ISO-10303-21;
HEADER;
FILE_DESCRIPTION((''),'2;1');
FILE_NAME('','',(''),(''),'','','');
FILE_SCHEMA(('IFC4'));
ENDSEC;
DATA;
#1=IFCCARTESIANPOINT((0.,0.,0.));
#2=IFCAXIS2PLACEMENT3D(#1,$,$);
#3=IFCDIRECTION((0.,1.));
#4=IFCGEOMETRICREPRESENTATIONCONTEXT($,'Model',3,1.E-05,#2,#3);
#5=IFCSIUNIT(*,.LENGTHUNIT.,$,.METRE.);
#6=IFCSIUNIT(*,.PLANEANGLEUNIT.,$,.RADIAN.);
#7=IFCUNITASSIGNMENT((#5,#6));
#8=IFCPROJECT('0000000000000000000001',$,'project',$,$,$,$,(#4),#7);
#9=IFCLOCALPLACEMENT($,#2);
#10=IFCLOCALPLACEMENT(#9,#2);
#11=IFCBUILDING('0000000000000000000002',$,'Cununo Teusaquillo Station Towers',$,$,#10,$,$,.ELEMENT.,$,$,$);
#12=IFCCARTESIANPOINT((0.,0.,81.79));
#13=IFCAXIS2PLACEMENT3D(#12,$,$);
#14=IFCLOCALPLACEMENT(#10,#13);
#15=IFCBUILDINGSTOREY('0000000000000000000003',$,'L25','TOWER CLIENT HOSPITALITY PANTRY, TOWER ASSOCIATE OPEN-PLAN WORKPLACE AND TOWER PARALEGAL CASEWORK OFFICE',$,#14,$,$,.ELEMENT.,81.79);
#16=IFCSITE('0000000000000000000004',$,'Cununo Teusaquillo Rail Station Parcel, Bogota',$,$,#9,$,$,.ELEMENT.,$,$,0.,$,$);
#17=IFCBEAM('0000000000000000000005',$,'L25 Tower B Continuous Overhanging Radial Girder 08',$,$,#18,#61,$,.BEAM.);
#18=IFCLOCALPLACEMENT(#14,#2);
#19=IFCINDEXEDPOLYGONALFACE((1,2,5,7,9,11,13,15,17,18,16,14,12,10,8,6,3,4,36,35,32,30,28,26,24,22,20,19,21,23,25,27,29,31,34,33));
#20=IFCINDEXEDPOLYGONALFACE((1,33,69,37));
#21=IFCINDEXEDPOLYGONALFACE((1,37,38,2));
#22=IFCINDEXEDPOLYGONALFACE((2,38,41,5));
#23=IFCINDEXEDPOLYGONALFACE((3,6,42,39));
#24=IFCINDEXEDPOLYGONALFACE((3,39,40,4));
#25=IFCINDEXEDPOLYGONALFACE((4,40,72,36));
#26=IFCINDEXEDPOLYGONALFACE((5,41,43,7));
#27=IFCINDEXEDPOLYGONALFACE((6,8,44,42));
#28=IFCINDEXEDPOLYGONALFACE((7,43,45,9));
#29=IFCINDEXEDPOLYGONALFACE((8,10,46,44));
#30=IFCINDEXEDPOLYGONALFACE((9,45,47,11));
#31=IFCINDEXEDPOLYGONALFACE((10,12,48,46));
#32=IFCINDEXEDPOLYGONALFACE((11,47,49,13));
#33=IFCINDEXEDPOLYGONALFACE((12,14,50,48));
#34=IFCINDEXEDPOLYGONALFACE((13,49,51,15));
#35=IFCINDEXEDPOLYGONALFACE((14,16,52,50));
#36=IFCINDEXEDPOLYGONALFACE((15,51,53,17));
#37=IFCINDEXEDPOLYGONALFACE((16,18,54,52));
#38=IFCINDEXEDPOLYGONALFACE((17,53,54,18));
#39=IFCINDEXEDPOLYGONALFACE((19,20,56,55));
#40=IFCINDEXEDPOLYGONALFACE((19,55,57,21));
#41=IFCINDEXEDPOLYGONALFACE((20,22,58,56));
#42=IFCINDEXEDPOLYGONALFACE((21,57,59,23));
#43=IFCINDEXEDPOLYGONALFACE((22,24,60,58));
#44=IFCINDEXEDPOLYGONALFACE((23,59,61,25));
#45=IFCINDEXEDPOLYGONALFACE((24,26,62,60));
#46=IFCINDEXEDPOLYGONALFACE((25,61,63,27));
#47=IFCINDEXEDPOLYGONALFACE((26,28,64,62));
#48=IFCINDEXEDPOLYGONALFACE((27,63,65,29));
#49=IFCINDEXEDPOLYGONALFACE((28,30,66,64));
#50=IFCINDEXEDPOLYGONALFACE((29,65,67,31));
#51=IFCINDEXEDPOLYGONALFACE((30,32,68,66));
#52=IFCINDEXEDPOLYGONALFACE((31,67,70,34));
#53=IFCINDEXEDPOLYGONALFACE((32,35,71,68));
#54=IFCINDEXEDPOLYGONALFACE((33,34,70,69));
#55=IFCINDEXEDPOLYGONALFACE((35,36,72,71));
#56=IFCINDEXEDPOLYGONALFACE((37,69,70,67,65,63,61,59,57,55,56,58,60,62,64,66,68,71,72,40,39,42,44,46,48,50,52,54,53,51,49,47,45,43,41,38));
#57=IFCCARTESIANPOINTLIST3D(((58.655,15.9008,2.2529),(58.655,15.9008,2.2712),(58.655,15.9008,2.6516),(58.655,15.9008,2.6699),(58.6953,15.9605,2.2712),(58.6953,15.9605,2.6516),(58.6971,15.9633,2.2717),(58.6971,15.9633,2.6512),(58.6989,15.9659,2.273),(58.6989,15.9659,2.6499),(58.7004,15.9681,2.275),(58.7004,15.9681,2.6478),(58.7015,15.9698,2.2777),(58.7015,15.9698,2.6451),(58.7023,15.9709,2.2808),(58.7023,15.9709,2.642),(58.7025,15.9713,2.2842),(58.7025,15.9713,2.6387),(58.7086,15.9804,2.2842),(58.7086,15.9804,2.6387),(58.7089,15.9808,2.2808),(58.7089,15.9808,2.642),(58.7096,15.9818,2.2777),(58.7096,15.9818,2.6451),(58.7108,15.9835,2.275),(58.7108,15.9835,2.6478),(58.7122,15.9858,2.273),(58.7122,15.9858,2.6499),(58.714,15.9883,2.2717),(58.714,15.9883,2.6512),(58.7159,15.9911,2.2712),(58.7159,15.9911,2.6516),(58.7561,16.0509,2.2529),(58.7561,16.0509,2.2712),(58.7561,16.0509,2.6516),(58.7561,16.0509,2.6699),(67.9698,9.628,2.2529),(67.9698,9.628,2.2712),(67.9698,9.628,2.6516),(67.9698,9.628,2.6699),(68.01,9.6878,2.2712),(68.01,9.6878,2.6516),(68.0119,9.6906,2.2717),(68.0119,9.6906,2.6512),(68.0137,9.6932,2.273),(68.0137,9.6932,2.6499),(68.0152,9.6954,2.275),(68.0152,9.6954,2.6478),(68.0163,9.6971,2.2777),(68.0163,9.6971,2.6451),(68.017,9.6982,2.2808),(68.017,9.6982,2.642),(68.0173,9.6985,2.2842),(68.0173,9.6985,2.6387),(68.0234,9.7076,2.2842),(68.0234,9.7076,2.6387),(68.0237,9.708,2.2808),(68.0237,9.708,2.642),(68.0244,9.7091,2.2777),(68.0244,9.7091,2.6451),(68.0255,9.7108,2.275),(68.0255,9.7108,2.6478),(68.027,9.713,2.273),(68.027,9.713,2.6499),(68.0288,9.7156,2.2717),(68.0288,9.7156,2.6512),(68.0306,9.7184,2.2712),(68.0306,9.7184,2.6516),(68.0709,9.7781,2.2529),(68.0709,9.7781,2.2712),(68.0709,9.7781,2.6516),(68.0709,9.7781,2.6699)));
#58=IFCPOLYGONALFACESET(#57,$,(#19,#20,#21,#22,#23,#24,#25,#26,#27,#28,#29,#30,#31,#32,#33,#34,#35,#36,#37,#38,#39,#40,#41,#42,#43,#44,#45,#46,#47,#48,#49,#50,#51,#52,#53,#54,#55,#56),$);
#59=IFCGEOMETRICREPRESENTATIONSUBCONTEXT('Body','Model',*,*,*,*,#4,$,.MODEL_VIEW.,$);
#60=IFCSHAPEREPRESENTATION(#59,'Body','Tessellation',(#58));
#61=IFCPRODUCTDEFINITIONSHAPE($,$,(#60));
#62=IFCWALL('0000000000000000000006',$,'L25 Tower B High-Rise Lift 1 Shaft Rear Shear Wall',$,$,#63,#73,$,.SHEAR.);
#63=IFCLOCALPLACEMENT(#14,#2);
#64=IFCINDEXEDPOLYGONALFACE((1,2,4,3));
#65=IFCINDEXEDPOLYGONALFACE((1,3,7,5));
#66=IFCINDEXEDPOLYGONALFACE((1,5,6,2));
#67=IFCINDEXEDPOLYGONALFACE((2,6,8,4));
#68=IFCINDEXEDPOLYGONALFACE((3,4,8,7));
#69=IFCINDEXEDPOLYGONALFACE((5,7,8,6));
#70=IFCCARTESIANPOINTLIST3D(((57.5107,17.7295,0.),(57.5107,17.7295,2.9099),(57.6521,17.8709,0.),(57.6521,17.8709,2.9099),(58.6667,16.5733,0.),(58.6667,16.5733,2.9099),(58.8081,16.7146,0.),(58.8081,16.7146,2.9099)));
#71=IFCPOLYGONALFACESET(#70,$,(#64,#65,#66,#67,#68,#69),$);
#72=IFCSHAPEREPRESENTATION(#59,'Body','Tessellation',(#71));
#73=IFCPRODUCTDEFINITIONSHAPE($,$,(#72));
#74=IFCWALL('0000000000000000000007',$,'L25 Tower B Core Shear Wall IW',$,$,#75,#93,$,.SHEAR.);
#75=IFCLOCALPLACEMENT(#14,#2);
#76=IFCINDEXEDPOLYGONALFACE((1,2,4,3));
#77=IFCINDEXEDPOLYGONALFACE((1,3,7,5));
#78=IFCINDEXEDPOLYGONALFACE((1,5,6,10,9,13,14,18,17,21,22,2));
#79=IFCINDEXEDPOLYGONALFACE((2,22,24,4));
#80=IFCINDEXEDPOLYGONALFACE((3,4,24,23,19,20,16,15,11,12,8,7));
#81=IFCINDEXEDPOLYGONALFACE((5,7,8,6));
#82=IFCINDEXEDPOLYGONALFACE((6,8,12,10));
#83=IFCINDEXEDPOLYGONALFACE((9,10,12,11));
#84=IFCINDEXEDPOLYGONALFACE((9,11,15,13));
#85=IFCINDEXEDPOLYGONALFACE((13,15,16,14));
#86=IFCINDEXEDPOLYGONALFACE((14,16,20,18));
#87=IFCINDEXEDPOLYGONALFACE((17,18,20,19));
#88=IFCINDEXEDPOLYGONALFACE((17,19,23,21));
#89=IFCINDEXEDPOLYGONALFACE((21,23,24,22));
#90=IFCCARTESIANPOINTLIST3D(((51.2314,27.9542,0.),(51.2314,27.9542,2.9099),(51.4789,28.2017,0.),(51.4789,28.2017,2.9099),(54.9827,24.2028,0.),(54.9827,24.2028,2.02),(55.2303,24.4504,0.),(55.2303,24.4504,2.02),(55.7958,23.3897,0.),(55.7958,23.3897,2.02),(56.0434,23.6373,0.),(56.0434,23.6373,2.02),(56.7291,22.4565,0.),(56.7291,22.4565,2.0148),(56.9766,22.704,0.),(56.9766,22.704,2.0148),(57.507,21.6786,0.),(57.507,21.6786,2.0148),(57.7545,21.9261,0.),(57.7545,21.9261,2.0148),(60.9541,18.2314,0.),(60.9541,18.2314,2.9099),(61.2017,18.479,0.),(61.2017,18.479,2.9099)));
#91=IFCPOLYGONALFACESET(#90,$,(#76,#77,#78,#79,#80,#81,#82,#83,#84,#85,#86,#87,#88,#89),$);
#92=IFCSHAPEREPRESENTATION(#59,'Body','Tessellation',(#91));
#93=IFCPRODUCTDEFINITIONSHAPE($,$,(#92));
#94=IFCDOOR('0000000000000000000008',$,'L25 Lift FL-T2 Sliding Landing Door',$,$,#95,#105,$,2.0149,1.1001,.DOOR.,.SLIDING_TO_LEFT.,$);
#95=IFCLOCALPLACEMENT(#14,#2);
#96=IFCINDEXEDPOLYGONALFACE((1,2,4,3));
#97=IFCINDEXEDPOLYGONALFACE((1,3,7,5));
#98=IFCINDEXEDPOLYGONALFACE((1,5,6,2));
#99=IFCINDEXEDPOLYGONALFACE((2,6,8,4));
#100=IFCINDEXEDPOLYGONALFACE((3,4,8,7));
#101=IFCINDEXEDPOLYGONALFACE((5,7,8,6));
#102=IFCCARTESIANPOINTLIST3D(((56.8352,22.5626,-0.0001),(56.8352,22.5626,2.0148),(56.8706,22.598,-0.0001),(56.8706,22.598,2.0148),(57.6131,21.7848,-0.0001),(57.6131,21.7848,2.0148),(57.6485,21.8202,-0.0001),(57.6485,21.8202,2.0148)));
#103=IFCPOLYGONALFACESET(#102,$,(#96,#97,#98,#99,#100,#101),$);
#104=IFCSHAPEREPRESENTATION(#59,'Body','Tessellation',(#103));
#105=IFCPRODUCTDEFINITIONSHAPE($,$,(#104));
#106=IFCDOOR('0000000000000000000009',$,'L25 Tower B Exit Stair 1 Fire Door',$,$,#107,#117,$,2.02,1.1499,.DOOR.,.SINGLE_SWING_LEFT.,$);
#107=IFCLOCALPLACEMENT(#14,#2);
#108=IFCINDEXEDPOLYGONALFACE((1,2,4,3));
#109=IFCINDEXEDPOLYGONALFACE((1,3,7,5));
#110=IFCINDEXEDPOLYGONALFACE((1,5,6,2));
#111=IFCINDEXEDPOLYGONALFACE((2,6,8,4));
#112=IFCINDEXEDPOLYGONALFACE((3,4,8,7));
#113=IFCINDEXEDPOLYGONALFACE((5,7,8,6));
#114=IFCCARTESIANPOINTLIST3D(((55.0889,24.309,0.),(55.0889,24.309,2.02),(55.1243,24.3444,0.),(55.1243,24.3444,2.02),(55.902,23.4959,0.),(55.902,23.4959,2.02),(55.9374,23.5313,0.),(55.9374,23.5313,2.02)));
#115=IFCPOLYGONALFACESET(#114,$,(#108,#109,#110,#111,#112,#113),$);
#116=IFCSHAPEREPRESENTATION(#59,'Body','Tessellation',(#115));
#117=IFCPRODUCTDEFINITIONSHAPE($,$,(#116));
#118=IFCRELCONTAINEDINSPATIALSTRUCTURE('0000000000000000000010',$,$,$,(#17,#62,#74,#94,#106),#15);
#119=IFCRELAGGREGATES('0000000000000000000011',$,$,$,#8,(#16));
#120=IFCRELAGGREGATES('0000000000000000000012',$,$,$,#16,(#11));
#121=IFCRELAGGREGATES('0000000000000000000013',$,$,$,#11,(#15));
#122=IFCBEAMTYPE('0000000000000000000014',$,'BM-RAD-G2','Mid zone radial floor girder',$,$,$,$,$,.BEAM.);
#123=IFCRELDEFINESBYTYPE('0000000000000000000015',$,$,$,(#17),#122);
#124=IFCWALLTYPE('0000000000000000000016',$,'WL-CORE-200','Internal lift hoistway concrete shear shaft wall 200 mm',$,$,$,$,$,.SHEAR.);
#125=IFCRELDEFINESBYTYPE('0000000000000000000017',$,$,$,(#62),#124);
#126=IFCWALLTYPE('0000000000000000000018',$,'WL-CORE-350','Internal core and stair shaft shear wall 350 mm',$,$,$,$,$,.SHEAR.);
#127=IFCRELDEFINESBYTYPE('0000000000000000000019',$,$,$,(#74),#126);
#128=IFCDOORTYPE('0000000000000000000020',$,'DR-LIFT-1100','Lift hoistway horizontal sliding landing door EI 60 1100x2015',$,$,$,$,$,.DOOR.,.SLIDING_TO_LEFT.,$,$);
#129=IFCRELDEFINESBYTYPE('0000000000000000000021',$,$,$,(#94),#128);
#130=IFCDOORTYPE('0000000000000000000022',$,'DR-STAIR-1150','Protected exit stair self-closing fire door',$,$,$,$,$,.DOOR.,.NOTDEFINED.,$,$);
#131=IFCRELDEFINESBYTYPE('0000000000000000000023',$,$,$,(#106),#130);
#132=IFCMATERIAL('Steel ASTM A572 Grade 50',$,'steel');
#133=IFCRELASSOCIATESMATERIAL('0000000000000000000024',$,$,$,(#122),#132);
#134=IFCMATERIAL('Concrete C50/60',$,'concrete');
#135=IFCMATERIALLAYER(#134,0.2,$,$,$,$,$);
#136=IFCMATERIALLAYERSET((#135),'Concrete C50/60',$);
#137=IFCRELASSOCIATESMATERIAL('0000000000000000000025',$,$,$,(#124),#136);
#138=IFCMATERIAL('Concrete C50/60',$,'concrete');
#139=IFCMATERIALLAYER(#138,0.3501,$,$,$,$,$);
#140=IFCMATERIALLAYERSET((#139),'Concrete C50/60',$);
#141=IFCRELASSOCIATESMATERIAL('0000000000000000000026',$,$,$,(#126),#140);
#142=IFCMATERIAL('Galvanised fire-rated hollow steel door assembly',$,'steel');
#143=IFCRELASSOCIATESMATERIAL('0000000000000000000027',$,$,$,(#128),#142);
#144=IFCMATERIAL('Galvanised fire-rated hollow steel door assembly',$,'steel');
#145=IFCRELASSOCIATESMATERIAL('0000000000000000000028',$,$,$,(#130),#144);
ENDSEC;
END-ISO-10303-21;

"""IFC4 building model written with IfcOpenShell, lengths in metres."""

from ifc_helpers import new_model, si_unit, direction, frame, frame_2d, origin, origin_2d, place, context, subcontext, project, spatial, rectangle, i_section, extrude, source, transform, mapped, material, layer, layer_set, material_profile, profile_set, type_object, element, fill, save


model = new_model("IFC4")

# Units and contexts
model_context = context("Model", 3, precision=1e-05, world=origin(), true_north=direction((0.0, 1.0)))
body_context = subcontext(model_context, "Body", "Model", "MODEL_VIEW")
ifc_project = project(units=[si_unit("LENGTHUNIT", "METRE"), si_unit("PLANEANGLEUNIT", "RADIAN")], contexts=[model_context])

# Site, building, storey
site_placement = place(None, origin())
site = spatial("IfcSite", under=ifc_project, at=site_placement, Name="Cununo Teusaquillo Rail Station Parcel, Bogota", CompositionType="ELEMENT", RefElevation=0.0)
building_placement = place(site_placement, origin())
building = spatial("IfcBuilding", under=site, at=building_placement, Name="Cununo Teusaquillo Station Towers", CompositionType="ELEMENT")
storey_placement = place(building_placement, frame((0.0, 0.0, 81.79)))
storey = spatial("IfcBuildingStorey", under=building, at=storey_placement, Name="L25", Description="TOWER CLIENT HOSPITALITY PANTRY, TOWER ASSOCIATE OPEN-PLAN WORKPLACE AND TOWER PARALEGAL CASEWORK OFFICE", CompositionType="ELEMENT", Elevation=81.79)

# Beam
ifc_material_1 = material(Name="Steel ASTM A572 Grade 50", Category="steel")
ifc_material_profile_1 = material_profile(ifc_material_1, i_section(OverallWidth=0.1809, OverallDepth=0.417, WebThickness=0.011, FlangeThickness=0.0183, FilletRadius=0.0129, at=origin_2d()), Name="W16X57")
ifc_profile_set_1 = profile_set([ifc_material_profile_1], Name="Steel ASTM A572 Grade 50")
beam_type_1 = type_object("IfcBeamType", Name="BM-RAD-G2", Description="Mid zone radial floor girder", PredefinedType="BEAM", material=ifc_profile_set_1)
beam_1_placement = place(storey_placement, frame((58.7056, 15.9758, 2.4614), z_axis=(0.829456, -0.558572, 0.0), x_axis=(0.558572, 0.829456, 0.0)))
element("IfcBeam", 1, at=beam_1_placement, inside=storey, type_object=beam_type_1, Name="L25 Tower B Continuous Overhanging Radial Girder 08", PredefinedType="BEAM", context=body_context, shape_type="SweptSolid", body=[
    extrude(i_section(OverallWidth=0.1809, OverallDepth=0.417, WebThickness=0.011, FlangeThickness=0.0183, FilletRadius=0.0129, at=origin_2d()), origin(), (0.0, 0.0, 1.0), 11.23),
])

# Wall
ifc_material_2 = material(Name="Concrete C50/60", Category="concrete")
ifc_layer_1 = layer(ifc_material_2, 0.2)
ifc_layer_set_1 = layer_set([ifc_layer_1], Name="Concrete C50/60")
wall_type_1 = type_object("IfcWallType", Name="WL-CORE-200", Description="Internal lift hoistway concrete shear shaft wall 200 mm", PredefinedType="SHEAR", material=ifc_layer_set_1)
wall_1_placement = place(storey_placement, frame((58.7373, 16.644, 0.0), z_axis=(0.0, 0.0, 1.0), x_axis=(-0.707032, 0.707181, 0.0)))
element("IfcWall", 2, at=wall_1_placement, inside=storey, type_object=wall_type_1, Name="L25 Tower B High-Rise Lift 1 Shaft Rear Shear Wall", PredefinedType="SHEAR", context=body_context, shape_type="SweptSolid", body=[
    extrude(rectangle(XDim=1.635, YDim=0.2, at=frame_2d((0.8174, 0.0))), origin(), (0.0, 0.0, 1.0), 2.9099),
])

# Wall, openings, doors
ifc_material_3 = material(Name="Concrete C50/60", Category="concrete")
ifc_layer_2 = layer(ifc_material_3, 0.3501)
ifc_layer_set_2 = layer_set([ifc_layer_2], Name="Concrete C50/60")
wall_type_2 = type_object("IfcWallType", Name="WL-CORE-350", Description="Internal core and stair shaft shear wall 350 mm", PredefinedType="SHEAR", material=ifc_layer_set_2)
wall_2_placement = place(storey_placement, frame((61.0779, 18.3552, 0.0), z_axis=(0.0, 0.0, 1.0), x_axis=(-0.707107, 0.707107, 0.0)))
wall_2 = element("IfcWall", 3, at=wall_2_placement, inside=storey, type_object=wall_type_2, Name="L25 Tower B Core Shear Wall IW", PredefinedType="SHEAR", context=body_context, shape_type="SweptSolid", body=[
    extrude(rectangle(XDim=13.75, YDim=0.3501, at=frame_2d((6.875, 0.0))), origin(), (0.0, 0.0, 1.0), 2.9099),
])
shared_shape_1 = source(origin(), body_context, "Body", "SweptSolid", [
    extrude(rectangle(XDim=1.1001, YDim=2.0149, at=frame_2d((0.55, 1.0073))), frame((0.0, 0.1851, 0.0), z_axis=(0.0, -1.0, 0.0), x_axis=(1.0, 0.0, 0.0)), (0.0, 0.0, 1.0), 0.3701),
])
opening_1_placement = place(wall_2_placement, frame((4.875, 0.0, 0.0)))
opening_1 = element("IfcOpeningElement", 4, at=opening_1_placement, cuts=wall_2, PredefinedType="OPENING", context=body_context, shape_type="MappedRepresentation", body=[
    mapped(shared_shape_1, transform((0.0, 0.0, 0.0), x_axis=(1.0, 0.0, 0.0), y_axis=(0.0, 1.0, 0.0), z_axis=(0.0, 0.0, 1.0), scale=1.0)),
])
shared_shape_2 = source(origin(), body_context, "Body", "SweptSolid", [
    extrude(rectangle(XDim=1.1499, YDim=2.02, at=frame_2d((0.575, 1.01))), frame((0.0, 0.1851, 0.0), z_axis=(0.0, -1.0, 0.0), x_axis=(1.0, 0.0, 0.0)), (0.0, 0.0, 1.0), 0.3701),
])
opening_2_placement = place(wall_2_placement, frame((7.2949, 0.0, 0.0)))
opening_2 = element("IfcOpeningElement", 5, at=opening_2_placement, cuts=wall_2, PredefinedType="OPENING", context=body_context, shape_type="MappedRepresentation", body=[
    mapped(shared_shape_2, transform((0.0, 0.0, 0.0), x_axis=(1.0, 0.0, 0.0), y_axis=(0.0, 1.0, 0.0), z_axis=(0.0, 0.0, 1.0), scale=1.0)),
])
ifc_material_4 = material(Name="Galvanised fire-rated hollow steel door assembly", Category="steel")
door_type_1 = type_object("IfcDoorType", Name="DR-LIFT-1100", Description="Lift hoistway horizontal sliding landing door EI 60 1100x2015", OperationType="SLIDING_TO_LEFT", PredefinedType="DOOR", material=ifc_material_4)
shared_shape_3 = source(origin(), body_context, "Body", "SweptSolid", [
    extrude(rectangle(XDim=1.1001, YDim=2.0149, at=frame_2d((0.55, 1.0073))), frame((0.0, 0.0249, 0.0), z_axis=(0.0, -1.0, 0.0), x_axis=(1.0, 0.0, 0.0)), (0.0, 0.0, 1.0), 0.05),
])
door_1_placement = place(opening_1_placement, origin())
door_1 = element("IfcDoor", 6, at=door_1_placement, inside=storey, type_object=door_type_1, Name="L25 Lift FL-T2 Sliding Landing Door", OperationType="SLIDING_TO_LEFT", OverallHeight=2.0149, OverallWidth=1.1001, PredefinedType="DOOR", context=body_context, shape_type="MappedRepresentation", body=[
    mapped(shared_shape_3, transform((0.0, 0.0, 0.0), x_axis=(1.0, 0.0, 0.0), y_axis=(0.0, 1.0, 0.0), z_axis=(0.0, 0.0, 1.0), scale=1.0)),
])
fill(opening_1, door_1)
ifc_material_5 = material(Name="Galvanised fire-rated hollow steel door assembly", Category="steel")
door_type_2 = type_object("IfcDoorType", Name="DR-STAIR-1150", Description="Protected exit stair self-closing fire door", OperationType="NOTDEFINED", PredefinedType="DOOR", material=ifc_material_5)
shared_shape_4 = source(origin(), body_context, "Body", "SweptSolid", [
    extrude(rectangle(XDim=1.1499, YDim=2.02, at=frame_2d((0.575, 1.01))), frame((0.0, 0.0249, 0.0), z_axis=(0.0, -1.0, 0.0), x_axis=(1.0, 0.0, 0.0)), (0.0, 0.0, 1.0), 0.05),
])
door_2_placement = place(opening_2_placement, origin())
door_2 = element("IfcDoor", 7, at=door_2_placement, inside=storey, type_object=door_type_2, Name="L25 Tower B Exit Stair 1 Fire Door", OperationType="SINGLE_SWING_LEFT", OverallHeight=2.02, OverallWidth=1.1499, PredefinedType="DOOR", context=body_context, shape_type="MappedRepresentation", body=[
    mapped(shared_shape_4, transform((0.0, 0.0, 0.0), x_axis=(1.0, 0.0, 0.0), y_axis=(0.0, 1.0, 0.0), z_axis=(0.0, 0.0, 1.0), scale=1.0)),
])
fill(opening_2, door_2)

save(model, "model.ifc")
